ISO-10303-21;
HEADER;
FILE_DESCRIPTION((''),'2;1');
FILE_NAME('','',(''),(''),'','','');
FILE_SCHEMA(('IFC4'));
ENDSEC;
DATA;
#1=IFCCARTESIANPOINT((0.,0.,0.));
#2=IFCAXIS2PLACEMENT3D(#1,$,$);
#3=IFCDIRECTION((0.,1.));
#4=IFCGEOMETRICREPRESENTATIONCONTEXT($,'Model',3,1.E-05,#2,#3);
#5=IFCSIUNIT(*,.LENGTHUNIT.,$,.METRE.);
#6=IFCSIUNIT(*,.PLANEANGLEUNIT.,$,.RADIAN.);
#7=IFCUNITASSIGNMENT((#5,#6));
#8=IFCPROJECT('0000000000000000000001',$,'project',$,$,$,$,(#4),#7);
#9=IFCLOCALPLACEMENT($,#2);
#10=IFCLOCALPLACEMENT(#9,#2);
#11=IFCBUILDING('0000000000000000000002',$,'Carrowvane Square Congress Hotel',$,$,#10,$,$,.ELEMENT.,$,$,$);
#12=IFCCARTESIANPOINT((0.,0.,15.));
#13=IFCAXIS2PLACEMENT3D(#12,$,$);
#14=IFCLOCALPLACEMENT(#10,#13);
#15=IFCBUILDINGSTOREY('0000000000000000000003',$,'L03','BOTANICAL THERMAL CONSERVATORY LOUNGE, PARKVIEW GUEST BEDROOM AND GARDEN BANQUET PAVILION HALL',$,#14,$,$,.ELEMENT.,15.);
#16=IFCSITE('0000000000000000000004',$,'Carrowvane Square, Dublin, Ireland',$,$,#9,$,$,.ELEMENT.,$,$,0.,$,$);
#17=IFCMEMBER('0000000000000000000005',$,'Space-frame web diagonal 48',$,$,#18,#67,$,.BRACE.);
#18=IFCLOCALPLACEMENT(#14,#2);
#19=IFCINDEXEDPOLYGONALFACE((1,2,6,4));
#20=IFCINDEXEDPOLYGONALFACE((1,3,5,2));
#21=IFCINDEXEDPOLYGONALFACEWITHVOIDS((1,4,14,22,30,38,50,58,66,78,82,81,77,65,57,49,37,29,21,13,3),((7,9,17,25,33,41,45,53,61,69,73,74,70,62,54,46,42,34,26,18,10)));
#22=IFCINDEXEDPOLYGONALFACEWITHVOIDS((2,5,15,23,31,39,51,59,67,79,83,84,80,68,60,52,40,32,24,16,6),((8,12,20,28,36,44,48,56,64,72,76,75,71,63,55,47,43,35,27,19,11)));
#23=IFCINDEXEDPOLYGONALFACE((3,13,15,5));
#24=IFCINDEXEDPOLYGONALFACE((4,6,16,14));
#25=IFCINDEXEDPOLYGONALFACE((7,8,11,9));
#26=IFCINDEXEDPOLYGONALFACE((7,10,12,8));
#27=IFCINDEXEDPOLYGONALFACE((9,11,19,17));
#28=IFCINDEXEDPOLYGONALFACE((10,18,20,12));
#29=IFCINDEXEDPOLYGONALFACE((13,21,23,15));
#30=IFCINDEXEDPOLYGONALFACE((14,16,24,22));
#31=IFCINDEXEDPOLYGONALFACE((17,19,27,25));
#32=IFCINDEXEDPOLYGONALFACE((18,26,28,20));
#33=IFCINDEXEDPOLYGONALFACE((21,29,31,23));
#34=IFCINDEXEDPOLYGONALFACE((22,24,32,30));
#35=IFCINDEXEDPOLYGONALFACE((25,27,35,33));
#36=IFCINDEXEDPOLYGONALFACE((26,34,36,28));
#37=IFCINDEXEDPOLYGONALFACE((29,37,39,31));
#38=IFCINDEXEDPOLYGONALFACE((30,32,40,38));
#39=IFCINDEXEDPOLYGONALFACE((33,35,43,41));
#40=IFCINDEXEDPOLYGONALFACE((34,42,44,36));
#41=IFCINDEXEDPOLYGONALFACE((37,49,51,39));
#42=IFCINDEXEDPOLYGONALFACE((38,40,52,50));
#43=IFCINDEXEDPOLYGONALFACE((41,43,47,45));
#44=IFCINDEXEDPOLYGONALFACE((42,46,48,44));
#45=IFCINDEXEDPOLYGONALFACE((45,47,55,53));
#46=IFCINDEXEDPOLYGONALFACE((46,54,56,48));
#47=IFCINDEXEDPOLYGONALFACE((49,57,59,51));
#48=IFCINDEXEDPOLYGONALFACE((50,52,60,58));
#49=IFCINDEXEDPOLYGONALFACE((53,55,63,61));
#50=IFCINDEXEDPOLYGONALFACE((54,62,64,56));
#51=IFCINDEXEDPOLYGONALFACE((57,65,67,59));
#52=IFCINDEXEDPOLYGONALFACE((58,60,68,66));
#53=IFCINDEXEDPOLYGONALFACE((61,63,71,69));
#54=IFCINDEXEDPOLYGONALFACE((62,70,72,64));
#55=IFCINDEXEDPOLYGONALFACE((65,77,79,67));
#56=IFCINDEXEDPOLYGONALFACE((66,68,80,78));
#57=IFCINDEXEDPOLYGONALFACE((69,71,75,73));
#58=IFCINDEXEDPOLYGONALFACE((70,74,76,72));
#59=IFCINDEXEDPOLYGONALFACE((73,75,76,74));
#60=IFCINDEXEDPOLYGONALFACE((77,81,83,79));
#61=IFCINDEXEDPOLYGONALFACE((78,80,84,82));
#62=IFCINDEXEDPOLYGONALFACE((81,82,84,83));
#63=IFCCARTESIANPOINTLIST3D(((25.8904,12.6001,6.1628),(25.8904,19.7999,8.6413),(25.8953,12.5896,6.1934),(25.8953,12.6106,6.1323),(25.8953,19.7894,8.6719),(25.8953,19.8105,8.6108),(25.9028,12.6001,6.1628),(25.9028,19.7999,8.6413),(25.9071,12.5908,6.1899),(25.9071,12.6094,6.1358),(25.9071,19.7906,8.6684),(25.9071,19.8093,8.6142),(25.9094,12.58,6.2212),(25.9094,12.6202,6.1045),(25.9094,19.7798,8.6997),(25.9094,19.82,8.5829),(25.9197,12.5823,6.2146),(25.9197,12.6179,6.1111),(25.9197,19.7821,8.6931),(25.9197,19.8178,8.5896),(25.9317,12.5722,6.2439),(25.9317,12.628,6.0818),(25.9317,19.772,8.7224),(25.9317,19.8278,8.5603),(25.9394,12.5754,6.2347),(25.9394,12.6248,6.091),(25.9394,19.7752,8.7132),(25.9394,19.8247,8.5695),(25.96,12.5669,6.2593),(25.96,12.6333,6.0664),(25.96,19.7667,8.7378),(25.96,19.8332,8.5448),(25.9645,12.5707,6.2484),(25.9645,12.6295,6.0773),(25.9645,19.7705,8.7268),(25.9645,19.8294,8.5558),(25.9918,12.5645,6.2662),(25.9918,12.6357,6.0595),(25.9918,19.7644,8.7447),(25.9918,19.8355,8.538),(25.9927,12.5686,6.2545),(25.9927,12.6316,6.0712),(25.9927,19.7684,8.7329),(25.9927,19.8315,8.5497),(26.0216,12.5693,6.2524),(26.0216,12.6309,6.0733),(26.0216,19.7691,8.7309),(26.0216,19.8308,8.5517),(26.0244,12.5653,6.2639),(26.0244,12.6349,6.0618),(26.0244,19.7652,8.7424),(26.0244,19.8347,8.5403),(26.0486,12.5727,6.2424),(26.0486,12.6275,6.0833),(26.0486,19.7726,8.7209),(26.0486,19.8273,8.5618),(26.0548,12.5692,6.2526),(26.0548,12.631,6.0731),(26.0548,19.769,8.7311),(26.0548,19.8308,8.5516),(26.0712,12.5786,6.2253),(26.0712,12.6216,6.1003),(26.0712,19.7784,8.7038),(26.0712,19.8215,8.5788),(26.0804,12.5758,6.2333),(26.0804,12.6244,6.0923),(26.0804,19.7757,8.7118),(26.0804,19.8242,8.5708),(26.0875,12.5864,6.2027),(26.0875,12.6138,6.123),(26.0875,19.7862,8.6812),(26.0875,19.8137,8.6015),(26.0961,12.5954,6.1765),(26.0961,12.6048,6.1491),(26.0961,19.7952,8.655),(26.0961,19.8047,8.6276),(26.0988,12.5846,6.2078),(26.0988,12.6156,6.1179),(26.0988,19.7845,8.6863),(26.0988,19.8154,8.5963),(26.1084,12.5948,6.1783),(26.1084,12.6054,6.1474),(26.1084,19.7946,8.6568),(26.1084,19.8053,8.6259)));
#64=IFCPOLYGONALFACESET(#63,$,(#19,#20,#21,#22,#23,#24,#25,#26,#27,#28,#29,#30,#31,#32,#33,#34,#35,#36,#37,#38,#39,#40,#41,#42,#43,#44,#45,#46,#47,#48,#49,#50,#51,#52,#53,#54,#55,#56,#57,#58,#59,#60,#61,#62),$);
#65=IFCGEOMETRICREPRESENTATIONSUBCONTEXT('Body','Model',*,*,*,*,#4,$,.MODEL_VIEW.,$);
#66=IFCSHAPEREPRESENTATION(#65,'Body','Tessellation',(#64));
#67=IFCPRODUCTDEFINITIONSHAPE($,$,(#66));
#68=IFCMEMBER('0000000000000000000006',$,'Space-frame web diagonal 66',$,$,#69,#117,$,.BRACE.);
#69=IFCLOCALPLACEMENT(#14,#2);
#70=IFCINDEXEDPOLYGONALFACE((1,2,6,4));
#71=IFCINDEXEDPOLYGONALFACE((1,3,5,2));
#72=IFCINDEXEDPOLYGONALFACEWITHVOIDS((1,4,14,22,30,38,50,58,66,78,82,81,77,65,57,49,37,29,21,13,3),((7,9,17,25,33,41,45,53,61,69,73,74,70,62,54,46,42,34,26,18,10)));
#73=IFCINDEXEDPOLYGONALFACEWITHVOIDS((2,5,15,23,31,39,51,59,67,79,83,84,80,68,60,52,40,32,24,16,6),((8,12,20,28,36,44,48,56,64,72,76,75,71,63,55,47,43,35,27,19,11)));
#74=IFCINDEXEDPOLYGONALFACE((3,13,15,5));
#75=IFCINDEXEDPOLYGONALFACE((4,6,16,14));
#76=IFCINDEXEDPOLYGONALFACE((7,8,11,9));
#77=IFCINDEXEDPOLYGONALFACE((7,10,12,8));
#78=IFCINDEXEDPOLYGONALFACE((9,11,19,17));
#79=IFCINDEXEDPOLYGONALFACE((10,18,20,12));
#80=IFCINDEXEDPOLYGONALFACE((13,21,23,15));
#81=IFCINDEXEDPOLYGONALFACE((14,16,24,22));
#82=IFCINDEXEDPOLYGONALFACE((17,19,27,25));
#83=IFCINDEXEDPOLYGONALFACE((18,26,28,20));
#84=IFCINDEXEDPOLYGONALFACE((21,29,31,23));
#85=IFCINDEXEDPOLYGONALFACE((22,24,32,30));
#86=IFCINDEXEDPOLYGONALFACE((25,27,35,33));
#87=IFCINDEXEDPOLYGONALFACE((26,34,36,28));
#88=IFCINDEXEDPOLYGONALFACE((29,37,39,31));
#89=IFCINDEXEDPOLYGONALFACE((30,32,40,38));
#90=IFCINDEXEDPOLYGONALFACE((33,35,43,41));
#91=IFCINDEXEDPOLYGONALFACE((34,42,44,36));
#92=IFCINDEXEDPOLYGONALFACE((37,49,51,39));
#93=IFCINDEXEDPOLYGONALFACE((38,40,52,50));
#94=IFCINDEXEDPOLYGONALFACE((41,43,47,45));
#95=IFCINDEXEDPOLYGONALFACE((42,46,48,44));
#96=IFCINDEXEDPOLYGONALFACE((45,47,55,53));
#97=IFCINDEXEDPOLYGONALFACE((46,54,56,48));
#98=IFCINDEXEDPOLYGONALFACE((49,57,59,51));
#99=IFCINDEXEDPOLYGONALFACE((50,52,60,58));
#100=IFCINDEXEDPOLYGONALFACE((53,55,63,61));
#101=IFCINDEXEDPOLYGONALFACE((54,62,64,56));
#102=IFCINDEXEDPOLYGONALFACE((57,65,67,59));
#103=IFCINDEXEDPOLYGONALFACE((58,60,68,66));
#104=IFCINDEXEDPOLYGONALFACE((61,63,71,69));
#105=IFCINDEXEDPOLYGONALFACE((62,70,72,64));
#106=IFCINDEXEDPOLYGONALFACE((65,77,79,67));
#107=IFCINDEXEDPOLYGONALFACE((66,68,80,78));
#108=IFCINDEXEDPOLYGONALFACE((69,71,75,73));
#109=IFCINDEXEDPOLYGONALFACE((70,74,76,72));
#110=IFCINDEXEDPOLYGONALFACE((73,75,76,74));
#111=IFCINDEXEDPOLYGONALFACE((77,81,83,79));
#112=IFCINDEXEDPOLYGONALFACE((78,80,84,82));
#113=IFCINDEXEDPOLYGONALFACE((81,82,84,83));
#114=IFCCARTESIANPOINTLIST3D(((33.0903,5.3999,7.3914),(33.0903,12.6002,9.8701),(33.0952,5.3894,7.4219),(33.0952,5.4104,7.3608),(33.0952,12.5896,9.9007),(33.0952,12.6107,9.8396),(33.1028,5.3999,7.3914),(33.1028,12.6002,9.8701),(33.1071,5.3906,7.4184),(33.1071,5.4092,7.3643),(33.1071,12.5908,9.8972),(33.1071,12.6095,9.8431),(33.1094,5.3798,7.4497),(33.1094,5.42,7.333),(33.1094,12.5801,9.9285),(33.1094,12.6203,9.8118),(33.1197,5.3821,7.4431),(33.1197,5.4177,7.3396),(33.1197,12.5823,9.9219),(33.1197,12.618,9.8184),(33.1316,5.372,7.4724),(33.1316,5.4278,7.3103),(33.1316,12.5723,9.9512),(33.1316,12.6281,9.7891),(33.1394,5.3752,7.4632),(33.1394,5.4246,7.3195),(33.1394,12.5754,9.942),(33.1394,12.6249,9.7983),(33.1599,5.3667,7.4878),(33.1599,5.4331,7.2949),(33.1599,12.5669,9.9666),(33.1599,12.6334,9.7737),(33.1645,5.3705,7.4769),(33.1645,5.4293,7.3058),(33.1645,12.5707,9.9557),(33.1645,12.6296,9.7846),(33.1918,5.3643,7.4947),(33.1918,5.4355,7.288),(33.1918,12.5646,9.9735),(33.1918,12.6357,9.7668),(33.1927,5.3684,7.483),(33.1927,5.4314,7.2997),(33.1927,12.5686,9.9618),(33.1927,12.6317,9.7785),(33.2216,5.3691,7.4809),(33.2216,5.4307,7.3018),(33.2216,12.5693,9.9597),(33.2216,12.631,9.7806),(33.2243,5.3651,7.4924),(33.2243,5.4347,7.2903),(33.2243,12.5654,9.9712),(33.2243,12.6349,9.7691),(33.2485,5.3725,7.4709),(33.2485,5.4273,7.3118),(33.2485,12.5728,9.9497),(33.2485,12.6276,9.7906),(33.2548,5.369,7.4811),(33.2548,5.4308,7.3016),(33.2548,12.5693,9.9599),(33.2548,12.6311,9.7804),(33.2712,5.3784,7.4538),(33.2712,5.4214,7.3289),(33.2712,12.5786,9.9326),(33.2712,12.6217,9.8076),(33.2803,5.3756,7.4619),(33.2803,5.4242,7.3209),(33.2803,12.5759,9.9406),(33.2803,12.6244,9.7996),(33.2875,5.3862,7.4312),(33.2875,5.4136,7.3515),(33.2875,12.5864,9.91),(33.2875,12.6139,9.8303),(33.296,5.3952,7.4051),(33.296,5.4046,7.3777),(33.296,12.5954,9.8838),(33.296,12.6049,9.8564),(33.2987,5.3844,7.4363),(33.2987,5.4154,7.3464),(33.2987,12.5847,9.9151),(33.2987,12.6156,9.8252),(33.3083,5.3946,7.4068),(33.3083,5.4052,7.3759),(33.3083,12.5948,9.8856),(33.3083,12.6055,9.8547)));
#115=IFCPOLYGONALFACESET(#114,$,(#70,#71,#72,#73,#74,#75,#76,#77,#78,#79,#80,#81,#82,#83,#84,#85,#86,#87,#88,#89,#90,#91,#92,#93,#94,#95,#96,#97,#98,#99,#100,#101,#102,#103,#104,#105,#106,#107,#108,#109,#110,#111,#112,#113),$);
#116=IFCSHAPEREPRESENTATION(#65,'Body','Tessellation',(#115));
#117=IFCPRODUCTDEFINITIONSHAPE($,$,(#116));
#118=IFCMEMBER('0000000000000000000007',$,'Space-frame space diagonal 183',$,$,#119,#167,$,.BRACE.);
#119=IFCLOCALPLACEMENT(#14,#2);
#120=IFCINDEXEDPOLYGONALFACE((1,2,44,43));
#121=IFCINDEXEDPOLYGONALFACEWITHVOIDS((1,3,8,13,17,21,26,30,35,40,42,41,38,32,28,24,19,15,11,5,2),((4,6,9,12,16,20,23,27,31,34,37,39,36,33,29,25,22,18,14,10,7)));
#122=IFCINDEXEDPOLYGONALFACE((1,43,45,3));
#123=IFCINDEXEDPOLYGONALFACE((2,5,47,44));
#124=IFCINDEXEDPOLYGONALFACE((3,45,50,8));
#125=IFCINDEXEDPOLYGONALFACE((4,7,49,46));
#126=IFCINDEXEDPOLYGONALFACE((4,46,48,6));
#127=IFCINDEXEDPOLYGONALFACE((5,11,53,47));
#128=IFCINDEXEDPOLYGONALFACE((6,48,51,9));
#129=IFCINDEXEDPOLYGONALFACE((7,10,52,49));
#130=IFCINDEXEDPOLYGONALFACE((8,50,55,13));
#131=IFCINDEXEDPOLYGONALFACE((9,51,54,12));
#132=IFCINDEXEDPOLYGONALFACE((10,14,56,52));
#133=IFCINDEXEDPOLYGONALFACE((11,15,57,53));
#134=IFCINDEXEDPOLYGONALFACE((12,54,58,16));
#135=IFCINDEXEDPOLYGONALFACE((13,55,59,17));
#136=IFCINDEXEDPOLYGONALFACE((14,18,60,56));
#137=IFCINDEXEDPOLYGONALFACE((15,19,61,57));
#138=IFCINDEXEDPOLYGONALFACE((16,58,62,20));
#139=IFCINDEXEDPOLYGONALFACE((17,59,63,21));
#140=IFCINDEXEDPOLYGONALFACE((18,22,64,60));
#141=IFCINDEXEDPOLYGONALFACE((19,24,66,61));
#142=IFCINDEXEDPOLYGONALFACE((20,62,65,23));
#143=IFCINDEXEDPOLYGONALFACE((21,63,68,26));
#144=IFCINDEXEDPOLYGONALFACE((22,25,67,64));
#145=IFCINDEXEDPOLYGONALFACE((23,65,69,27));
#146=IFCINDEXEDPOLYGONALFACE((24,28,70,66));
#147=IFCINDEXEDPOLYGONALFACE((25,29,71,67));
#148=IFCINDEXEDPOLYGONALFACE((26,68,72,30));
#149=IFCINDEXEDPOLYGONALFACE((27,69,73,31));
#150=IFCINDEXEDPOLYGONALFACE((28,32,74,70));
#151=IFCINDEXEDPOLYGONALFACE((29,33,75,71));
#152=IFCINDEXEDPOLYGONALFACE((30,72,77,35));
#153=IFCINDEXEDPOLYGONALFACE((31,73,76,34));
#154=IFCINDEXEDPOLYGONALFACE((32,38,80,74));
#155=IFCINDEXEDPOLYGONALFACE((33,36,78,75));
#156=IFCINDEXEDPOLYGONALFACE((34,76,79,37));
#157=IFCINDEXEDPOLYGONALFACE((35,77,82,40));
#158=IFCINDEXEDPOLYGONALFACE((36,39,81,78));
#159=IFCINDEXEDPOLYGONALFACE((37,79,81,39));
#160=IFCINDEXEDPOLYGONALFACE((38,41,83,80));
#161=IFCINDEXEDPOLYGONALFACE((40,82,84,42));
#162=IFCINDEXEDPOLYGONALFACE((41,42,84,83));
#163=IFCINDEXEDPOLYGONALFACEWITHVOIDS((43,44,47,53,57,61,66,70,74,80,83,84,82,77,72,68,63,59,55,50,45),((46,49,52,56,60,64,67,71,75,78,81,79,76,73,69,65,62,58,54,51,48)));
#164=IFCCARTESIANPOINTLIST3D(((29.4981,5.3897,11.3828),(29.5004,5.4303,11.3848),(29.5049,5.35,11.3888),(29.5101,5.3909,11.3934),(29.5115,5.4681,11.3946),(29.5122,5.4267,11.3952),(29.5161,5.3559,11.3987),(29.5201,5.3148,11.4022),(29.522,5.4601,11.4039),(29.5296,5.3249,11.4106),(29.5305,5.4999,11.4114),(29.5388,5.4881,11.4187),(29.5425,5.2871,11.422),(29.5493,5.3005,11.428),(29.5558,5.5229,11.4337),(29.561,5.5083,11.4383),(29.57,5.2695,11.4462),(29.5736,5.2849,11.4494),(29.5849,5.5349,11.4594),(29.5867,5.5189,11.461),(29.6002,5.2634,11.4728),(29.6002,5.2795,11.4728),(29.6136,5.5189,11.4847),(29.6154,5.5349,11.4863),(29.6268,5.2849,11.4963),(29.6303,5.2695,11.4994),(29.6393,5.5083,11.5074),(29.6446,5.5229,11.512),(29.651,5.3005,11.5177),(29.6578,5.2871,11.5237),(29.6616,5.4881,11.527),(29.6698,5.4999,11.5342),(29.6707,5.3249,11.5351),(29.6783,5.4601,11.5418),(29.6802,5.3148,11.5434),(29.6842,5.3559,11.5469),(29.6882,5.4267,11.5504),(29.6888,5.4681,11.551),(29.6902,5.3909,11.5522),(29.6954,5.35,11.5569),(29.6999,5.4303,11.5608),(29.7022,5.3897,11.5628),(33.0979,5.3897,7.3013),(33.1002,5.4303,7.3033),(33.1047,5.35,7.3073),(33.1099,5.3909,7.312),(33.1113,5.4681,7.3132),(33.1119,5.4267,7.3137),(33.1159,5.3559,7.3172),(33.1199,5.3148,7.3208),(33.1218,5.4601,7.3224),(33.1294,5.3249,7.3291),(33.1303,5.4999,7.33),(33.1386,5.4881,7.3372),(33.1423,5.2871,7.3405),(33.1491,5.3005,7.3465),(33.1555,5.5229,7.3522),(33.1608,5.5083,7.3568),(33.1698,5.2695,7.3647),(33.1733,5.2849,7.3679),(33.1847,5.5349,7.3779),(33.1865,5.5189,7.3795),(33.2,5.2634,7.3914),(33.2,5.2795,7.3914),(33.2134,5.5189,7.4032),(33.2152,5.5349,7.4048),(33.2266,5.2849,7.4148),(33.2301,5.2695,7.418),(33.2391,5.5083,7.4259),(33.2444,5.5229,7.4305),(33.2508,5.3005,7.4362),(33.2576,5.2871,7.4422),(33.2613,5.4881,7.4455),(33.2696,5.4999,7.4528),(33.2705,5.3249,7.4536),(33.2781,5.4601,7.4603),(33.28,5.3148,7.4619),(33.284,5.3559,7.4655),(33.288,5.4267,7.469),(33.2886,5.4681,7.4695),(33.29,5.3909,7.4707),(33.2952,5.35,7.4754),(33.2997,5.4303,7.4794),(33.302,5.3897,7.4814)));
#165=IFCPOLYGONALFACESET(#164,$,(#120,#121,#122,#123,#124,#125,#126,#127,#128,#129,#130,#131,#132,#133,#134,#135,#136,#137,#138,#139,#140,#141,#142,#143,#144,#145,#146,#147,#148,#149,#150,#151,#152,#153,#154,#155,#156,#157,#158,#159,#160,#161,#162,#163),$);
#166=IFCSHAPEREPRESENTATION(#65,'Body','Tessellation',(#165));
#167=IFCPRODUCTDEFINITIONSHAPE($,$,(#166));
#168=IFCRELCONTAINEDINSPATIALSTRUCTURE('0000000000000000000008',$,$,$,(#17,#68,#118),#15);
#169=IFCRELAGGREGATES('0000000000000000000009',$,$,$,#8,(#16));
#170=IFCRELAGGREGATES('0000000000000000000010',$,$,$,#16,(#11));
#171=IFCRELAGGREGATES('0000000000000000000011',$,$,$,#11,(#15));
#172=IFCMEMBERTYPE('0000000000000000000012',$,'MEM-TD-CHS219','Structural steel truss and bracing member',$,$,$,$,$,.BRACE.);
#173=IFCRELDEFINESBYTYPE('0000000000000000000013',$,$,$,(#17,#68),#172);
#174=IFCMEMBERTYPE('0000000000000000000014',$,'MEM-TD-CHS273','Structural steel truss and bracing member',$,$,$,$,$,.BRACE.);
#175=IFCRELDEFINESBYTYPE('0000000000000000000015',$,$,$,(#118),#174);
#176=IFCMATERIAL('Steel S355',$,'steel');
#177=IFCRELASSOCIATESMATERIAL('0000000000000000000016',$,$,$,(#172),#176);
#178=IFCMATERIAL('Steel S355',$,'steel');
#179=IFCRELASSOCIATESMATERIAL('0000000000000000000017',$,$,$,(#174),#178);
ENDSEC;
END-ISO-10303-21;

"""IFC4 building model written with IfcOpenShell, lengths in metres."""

from ifc_helpers import new_model, si_unit, direction, frame, origin, origin_2d, place, context, subcontext, project, spatial, hollow_circle, extrude, material, material_profile, profile_set, type_object, element, save


model = new_model("IFC4")

# Units and contexts
model_context = context("Model", 3, precision=1e-05, world=origin(), true_north=direction((0.0, 1.0)))
body_context = subcontext(model_context, "Body", "Model", "MODEL_VIEW")
ifc_project = project(units=[si_unit("LENGTHUNIT", "METRE"), si_unit("PLANEANGLEUNIT", "RADIAN")], contexts=[model_context])

# Site, building, storey
site_placement = place(None, origin())
site = spatial("IfcSite", under=ifc_project, at=site_placement, Name="Carrowvane Square, Dublin, Ireland", CompositionType="ELEMENT", RefElevation=0.0)
building_placement = place(site_placement, origin())
building = spatial("IfcBuilding", under=site, at=building_placement, Name="Carrowvane Square Congress Hotel", CompositionType="ELEMENT")
storey_placement = place(building_placement, frame((0.0, 0.0, 15.0)))
storey = spatial("IfcBuildingStorey", under=building, at=storey_placement, Name="L03", Description="BOTANICAL THERMAL CONSERVATORY LOUNGE, PARKVIEW GUEST BEDROOM AND GARDEN BANQUET PAVILION HALL", CompositionType="ELEMENT", Elevation=15.0)

# Members
ifc_material_1 = material(Name="Steel S355", Category="steel")
ifc_material_profile_1 = material_profile(ifc_material_1, hollow_circle(Radius=0.1096, WallThickness=0.0125, at=origin_2d()), Name="CHS 219.1x12.5")
ifc_profile_set_1 = profile_set([ifc_material_profile_1], Name="Steel S355")
member_type_1 = type_object("IfcMemberType", Name="MEM-TD-CHS219", Description="Structural steel truss and bracing member", PredefinedType="BRACE", material=ifc_profile_set_1)
member_1_placement = place(storey_placement, frame((26.0, 12.6001, 6.1628), z_axis=(0.0, 0.945544, 0.325495), x_axis=(-1.0, 0.0, 0.0)))
element("IfcMember", 1, at=member_1_placement, inside=storey, type_object=member_type_1, Name="Space-frame web diagonal 48", PredefinedType="BRACE", context=body_context, shape_type="SweptSolid", body=[
    extrude(hollow_circle(Radius=0.1096, WallThickness=0.0125, at=origin_2d()), origin(), (0.0, 0.0, 1.0), 7.6145),
])
member_2_placement = place(storey_placement, frame((33.2, 5.3999, 7.3914), z_axis=(0.0, 0.945537, 0.325513), x_axis=(-1.0, 0.0, 0.0)))
element("IfcMember", 2, at=member_2_placement, inside=storey, type_object=member_type_1, Name="Space-frame web diagonal 66", PredefinedType="BRACE", context=body_context, shape_type="SweptSolid", body=[
    extrude(hollow_circle(Radius=0.1096, WallThickness=0.0125, at=origin_2d()), origin(), (0.0, 0.0, 1.0), 7.615),
])
ifc_material_2 = material(Name="Steel S355", Category="steel")
ifc_material_profile_2 = material_profile(ifc_material_2, hollow_circle(Radius=0.1365, WallThickness=0.0161, at=origin_2d()), Name="CHS 273.0x16")
ifc_profile_set_2 = profile_set([ifc_material_profile_2], Name="Steel S355")
member_type_2 = type_object("IfcMemberType", Name="MEM-TD-CHS273", Description="Structural steel truss and bracing member", PredefinedType="BRACE", material=ifc_profile_set_2)
member_3_placement = place(storey_placement, frame((33.2, 5.3999, 7.3914), z_axis=(-0.661466, 0.0, 0.749975), x_axis=(0.0, -1.0, 0.0)))
element("IfcMember", 3, at=member_3_placement, inside=storey, type_object=member_type_2, Name="Space-frame space diagonal 183", PredefinedType="BRACE", context=body_context, shape_type="SweptSolid", body=[
    extrude(hollow_circle(Radius=0.1365, WallThickness=0.0161, at=origin_2d()), origin(), (0.0, 0.0, 1.0), 5.4421),
])

save(model, "model.ifc")
